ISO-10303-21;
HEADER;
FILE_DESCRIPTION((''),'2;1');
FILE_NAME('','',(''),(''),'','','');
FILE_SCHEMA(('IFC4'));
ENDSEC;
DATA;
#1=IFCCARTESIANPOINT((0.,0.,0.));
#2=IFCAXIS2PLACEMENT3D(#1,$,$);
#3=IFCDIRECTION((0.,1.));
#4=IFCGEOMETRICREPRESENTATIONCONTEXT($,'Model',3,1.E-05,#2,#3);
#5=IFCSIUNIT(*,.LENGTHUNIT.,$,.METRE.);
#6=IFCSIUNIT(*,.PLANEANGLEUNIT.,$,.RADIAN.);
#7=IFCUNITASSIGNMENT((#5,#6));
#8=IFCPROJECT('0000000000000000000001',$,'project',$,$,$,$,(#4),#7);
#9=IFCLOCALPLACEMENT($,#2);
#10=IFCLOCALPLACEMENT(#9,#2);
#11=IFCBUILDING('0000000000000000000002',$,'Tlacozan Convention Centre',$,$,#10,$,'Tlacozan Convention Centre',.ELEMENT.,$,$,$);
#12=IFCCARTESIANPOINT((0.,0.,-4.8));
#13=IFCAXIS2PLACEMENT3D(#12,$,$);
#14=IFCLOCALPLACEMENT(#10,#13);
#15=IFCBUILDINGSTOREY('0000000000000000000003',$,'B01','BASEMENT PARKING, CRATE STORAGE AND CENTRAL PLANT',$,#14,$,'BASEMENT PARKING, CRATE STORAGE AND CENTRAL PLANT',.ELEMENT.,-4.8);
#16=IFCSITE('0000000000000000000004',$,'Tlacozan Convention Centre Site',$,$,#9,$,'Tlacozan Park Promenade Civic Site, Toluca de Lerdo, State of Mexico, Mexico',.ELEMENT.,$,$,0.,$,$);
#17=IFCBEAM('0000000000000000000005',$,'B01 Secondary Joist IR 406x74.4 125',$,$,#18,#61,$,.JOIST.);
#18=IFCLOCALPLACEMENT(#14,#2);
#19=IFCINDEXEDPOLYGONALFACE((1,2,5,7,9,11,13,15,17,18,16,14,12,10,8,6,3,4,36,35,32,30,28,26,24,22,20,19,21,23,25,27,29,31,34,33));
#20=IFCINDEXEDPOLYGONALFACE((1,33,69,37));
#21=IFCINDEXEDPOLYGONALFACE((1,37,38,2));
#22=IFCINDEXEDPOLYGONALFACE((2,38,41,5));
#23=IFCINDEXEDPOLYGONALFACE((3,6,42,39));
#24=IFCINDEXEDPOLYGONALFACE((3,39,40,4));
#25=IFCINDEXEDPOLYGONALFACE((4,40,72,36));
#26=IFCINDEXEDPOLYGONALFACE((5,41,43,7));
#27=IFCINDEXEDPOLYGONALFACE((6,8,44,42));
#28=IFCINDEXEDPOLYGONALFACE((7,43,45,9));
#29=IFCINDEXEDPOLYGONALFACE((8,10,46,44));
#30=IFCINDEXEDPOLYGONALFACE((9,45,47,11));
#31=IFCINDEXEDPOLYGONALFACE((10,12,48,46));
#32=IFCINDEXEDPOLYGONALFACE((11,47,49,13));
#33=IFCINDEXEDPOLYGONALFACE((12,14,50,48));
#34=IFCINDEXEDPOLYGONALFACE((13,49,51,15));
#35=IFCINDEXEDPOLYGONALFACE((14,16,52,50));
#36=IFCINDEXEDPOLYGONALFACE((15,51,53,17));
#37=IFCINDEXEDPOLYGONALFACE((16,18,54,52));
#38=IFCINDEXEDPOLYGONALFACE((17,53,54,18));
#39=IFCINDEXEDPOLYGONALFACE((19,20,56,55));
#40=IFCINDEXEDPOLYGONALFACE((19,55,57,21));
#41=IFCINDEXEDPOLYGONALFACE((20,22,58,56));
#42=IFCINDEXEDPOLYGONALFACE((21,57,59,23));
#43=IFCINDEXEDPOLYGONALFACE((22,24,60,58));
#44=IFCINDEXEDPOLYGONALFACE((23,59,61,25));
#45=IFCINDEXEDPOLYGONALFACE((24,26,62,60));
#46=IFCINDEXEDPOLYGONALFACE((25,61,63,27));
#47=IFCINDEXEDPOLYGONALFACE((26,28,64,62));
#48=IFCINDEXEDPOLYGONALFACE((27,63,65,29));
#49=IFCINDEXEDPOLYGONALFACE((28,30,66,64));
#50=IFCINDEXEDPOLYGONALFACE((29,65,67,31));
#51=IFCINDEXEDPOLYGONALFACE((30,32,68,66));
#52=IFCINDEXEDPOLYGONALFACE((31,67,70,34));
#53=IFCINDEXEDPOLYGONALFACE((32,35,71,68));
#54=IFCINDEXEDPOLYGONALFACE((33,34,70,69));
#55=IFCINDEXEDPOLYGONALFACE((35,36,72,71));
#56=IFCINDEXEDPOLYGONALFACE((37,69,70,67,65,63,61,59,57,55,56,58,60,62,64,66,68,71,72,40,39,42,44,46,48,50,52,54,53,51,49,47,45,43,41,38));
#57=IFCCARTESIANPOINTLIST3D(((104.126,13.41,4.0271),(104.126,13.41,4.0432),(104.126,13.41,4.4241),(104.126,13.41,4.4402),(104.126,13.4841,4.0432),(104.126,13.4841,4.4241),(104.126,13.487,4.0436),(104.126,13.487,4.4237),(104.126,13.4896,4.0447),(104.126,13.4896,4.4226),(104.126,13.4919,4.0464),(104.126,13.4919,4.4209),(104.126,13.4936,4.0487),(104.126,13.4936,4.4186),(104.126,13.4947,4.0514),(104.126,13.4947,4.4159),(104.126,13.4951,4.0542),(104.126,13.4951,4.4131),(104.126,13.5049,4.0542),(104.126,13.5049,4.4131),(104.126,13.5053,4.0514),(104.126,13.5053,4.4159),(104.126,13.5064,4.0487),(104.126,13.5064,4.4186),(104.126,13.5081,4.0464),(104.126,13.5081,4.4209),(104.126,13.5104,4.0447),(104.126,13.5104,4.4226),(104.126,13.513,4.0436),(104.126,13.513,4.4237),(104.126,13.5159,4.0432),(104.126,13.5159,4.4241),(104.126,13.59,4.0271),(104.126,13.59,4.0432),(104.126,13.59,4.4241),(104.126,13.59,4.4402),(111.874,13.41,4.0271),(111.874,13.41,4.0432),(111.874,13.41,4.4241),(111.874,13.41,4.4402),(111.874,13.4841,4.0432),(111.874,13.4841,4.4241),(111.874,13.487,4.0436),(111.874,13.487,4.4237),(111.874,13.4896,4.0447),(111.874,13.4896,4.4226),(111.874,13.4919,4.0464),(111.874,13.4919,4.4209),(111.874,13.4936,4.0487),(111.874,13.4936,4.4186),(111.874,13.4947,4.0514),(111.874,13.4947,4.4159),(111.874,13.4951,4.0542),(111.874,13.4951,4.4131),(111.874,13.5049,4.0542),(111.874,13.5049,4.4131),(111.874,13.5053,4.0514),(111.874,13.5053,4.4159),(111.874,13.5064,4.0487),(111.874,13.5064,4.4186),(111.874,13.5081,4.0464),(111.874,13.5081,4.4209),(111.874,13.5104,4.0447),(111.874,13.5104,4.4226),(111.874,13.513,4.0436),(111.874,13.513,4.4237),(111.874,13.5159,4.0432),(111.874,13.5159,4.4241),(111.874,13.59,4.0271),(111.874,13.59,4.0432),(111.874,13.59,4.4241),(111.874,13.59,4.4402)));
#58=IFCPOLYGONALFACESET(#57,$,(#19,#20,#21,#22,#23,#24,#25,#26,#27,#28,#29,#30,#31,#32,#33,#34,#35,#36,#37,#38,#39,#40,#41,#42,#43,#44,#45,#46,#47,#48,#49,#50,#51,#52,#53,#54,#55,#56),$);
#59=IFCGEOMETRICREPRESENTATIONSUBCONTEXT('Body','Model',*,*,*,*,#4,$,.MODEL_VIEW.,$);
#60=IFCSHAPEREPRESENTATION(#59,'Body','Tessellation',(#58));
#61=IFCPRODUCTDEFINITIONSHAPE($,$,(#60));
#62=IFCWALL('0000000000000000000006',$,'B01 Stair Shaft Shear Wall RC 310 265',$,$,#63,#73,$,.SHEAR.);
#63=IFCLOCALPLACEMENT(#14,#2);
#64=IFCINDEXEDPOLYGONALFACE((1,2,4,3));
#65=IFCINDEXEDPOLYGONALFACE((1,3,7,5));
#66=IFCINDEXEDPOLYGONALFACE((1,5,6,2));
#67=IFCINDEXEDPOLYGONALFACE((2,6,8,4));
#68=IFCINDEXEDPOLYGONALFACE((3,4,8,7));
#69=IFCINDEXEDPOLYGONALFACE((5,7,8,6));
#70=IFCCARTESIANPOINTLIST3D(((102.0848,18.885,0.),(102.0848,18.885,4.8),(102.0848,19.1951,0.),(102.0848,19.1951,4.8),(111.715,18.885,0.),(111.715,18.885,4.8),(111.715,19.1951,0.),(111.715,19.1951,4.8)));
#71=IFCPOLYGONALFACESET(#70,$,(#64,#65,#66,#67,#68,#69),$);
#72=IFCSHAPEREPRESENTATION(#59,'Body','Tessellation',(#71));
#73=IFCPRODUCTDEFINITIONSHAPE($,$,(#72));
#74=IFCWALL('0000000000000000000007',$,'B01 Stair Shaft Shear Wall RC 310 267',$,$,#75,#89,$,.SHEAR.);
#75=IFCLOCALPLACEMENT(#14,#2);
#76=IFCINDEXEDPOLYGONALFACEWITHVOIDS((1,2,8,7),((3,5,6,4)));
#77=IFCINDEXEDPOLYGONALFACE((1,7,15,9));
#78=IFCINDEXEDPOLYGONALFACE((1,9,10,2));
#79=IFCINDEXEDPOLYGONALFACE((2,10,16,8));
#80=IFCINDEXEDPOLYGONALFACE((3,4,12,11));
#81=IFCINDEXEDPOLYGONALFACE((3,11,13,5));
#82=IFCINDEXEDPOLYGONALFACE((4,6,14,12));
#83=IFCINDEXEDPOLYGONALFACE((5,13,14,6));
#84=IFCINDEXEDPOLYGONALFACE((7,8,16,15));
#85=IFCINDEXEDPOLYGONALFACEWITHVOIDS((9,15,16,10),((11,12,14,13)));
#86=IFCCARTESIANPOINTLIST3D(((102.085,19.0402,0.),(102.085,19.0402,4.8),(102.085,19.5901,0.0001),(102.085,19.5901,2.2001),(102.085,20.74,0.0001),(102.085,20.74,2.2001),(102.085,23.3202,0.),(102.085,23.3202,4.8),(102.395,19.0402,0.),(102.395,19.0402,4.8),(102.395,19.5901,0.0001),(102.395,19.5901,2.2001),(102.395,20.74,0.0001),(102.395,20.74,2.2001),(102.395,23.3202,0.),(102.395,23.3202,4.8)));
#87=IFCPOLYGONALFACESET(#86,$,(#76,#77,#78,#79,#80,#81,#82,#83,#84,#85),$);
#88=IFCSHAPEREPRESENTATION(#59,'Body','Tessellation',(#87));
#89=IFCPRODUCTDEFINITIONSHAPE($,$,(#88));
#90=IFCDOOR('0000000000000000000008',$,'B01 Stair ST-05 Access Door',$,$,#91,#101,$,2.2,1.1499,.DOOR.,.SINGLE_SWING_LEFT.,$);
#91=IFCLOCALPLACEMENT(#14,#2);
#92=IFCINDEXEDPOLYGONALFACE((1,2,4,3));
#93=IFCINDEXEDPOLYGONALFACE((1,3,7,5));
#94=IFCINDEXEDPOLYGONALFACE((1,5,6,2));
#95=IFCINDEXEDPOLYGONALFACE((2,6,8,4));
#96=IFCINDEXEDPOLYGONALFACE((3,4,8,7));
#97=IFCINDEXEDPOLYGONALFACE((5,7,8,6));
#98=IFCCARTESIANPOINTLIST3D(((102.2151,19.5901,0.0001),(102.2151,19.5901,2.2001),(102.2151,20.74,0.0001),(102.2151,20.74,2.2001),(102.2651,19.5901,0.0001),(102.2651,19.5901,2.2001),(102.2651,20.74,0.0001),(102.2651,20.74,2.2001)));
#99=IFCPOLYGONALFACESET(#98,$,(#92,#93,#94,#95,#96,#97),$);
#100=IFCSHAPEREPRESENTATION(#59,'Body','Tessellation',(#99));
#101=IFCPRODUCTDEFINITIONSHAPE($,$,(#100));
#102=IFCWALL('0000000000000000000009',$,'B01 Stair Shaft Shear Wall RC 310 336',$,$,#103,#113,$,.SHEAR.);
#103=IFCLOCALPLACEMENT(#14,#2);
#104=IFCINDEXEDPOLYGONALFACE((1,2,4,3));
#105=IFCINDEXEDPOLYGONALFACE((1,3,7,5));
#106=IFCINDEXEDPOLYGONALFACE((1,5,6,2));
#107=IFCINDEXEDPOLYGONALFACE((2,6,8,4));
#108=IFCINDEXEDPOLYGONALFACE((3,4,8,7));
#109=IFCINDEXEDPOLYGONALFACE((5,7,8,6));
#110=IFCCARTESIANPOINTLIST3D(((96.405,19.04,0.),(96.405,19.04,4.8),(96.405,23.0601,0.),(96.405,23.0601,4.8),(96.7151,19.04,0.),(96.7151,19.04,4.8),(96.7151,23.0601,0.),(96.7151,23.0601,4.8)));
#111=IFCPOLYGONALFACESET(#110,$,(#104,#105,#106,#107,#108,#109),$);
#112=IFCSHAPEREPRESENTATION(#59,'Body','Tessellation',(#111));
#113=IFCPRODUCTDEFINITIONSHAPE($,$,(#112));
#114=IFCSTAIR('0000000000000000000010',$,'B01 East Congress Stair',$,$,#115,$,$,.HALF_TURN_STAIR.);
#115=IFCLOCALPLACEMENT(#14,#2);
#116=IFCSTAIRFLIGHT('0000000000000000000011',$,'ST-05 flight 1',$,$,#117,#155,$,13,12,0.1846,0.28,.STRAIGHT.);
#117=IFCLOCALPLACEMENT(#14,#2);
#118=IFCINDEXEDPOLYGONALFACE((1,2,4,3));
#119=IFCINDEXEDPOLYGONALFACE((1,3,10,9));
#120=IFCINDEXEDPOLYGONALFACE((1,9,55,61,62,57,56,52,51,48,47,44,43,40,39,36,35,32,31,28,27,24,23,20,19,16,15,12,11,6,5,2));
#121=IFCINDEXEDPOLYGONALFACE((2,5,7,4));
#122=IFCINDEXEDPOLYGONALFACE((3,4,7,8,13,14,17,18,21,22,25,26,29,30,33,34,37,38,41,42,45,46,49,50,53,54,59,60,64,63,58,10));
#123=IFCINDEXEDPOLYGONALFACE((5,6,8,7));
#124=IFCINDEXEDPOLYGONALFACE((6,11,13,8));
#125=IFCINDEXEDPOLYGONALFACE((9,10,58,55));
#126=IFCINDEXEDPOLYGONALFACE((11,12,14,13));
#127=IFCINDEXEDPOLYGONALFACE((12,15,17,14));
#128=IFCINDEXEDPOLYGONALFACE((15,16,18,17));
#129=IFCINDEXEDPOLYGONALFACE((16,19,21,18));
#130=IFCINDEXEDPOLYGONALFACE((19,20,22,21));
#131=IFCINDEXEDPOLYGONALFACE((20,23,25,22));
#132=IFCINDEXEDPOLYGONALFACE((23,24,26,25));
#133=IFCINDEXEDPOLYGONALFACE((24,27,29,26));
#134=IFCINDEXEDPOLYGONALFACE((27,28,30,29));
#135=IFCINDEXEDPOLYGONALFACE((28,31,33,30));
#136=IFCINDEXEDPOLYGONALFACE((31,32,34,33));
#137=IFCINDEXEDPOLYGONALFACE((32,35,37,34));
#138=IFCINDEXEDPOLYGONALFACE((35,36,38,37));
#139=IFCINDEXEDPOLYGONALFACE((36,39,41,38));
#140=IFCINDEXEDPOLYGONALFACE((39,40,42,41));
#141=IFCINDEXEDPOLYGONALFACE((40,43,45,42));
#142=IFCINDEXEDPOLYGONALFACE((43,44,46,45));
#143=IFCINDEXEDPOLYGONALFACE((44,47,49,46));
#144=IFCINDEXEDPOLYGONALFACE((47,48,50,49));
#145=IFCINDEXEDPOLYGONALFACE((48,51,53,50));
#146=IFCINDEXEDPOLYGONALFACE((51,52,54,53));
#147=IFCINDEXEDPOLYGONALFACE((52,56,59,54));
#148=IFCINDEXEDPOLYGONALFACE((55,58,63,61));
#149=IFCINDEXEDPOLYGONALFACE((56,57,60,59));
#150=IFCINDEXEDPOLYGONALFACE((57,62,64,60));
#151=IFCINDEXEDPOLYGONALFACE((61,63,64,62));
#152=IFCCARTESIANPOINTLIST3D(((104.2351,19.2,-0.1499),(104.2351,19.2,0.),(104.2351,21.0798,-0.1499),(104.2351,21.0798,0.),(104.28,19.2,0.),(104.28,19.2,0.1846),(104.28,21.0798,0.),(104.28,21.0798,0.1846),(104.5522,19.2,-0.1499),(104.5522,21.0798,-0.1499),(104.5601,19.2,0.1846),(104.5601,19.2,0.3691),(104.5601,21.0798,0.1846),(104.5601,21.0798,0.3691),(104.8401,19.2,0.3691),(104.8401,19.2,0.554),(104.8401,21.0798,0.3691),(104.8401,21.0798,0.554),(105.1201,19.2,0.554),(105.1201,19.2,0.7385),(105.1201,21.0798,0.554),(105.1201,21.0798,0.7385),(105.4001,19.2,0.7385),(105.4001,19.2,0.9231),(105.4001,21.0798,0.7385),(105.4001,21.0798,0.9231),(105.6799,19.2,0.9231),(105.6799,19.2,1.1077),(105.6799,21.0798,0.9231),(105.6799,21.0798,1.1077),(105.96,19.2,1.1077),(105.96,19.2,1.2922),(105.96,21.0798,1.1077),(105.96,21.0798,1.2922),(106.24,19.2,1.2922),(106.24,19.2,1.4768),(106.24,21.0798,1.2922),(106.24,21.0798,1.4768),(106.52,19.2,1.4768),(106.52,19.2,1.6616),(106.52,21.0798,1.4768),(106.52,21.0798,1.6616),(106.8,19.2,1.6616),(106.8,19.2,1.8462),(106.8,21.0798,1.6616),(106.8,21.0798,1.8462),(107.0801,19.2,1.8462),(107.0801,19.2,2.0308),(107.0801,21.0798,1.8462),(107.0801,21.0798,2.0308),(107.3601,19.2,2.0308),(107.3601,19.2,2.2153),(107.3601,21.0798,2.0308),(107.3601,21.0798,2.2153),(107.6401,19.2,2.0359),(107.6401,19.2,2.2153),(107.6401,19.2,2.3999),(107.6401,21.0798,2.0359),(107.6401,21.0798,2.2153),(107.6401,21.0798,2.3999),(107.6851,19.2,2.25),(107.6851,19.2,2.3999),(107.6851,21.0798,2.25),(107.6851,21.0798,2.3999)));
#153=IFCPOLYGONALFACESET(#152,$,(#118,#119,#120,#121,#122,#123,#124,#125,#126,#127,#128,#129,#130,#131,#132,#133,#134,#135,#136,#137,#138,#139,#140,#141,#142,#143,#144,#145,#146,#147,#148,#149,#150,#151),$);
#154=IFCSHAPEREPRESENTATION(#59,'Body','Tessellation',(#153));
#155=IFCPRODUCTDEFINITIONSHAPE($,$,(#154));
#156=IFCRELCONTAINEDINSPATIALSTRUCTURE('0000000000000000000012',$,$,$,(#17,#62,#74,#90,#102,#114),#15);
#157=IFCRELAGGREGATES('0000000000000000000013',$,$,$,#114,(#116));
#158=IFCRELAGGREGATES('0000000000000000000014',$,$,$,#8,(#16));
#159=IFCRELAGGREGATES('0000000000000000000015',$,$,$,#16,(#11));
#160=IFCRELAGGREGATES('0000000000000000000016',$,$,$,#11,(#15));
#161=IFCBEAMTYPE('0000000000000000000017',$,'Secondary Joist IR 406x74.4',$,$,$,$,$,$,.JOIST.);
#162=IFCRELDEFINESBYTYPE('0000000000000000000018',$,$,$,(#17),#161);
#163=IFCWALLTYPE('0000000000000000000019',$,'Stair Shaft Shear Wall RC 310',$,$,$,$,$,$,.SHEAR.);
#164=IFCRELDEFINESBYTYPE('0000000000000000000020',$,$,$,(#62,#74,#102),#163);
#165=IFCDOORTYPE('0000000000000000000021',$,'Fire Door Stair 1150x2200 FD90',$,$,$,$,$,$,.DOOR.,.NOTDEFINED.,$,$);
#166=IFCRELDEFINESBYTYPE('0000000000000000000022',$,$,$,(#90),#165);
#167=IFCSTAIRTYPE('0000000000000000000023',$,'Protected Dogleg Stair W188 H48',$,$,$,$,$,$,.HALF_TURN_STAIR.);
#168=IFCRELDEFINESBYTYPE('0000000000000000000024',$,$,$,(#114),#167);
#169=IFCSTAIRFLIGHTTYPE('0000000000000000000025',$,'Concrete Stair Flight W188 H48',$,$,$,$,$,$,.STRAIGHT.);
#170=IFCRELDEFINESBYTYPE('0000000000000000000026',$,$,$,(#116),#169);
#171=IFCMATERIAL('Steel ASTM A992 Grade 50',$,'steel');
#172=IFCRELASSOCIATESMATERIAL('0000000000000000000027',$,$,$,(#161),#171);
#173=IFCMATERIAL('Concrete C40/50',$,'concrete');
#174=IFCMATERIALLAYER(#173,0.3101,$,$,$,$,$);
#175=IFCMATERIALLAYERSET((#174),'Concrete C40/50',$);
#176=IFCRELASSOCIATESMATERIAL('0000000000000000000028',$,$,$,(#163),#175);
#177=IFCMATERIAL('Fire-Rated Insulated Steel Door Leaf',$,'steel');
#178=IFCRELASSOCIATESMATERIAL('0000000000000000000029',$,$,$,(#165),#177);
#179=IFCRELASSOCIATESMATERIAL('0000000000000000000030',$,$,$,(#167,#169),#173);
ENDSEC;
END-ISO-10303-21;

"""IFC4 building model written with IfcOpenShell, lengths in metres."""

from ifc_helpers import new_model, si_unit, direction, frame, frame_2d, origin, origin_2d, place, context, subcontext, project, spatial, polyline, rectangle, i_section, outline, extrude, material, layer, layer_set, material_profile, profile_set, type_object, element, fill, aggregate, save


model = new_model("IFC4")

# Units and contexts
model_context = context("Model", 3, precision=1e-05, world=origin(), true_north=direction((0.0, 1.0)))
body_context = subcontext(model_context, "Body", "Model", "MODEL_VIEW")
ifc_project = project(units=[si_unit("LENGTHUNIT", "METRE"), si_unit("PLANEANGLEUNIT", "RADIAN")], contexts=[model_context])

# Site, building, storey
site_placement = place(None, origin())
site = spatial("IfcSite", under=ifc_project, at=site_placement, Name="Tlacozan Convention Centre Site", LongName="Tlacozan Park Promenade Civic Site, Toluca de Lerdo, State of Mexico, Mexico", CompositionType="ELEMENT", RefElevation=0.0)
building_placement = place(site_placement, origin())
building = spatial("IfcBuilding", under=site, at=building_placement, Name="Tlacozan Convention Centre", LongName="Tlacozan Convention Centre", CompositionType="ELEMENT")
storey_placement = place(building_placement, frame((0.0, 0.0, -4.8)))
storey = spatial("IfcBuildingStorey", under=building, at=storey_placement, Name="B01", Description="BASEMENT PARKING, CRATE STORAGE AND CENTRAL PLANT", LongName="BASEMENT PARKING, CRATE STORAGE AND CENTRAL PLANT", CompositionType="ELEMENT", Elevation=-4.8)

# Shared definitions
ifc_material_1 = material(Name="Concrete C40/50", Category="concrete")

# Beam
ifc_material_2 = material(Name="Steel ASTM A992 Grade 50", Category="steel")
ifc_material_profile_1 = material_profile(ifc_material_2, i_section(OverallWidth=0.1799, OverallDepth=0.4131, WebThickness=0.0098, FlangeThickness=0.0161, FilletRadius=0.011, at=origin_2d()), Name="IR 406x74.4")
ifc_profile_set_1 = profile_set([ifc_material_profile_1], Name="Steel ASTM A992 Grade 50")
beam_type_1 = type_object("IfcBeamType", Name="Secondary Joist IR 406x74.4", PredefinedType="JOIST", material=ifc_profile_set_1)
for number, where, z_axis, x_axis, name in (
    (1, (104.126, 13.5, 4.2336), (1.0, 0.0, 0.0), (0.0, 1.0, 0.0), "B01 Secondary Joist IR 406x74.4 125"),
):
    element("IfcBeam", number, at=place(storey_placement, frame(where, z_axis=z_axis, x_axis=x_axis)), inside=storey, type_object=beam_type_1, Name=name, PredefinedType="JOIST", context=body_context, shape_type="SweptSolid", body=[
        extrude(i_section(OverallWidth=0.1799, OverallDepth=0.4131, WebThickness=0.0098, FlangeThickness=0.0161, FilletRadius=0.011, at=origin_2d()), origin(), (0.0, 0.0, 1.0), 7.748),
    ])

# Wall
ifc_layer_1 = layer(ifc_material_1, 0.3101)
ifc_layer_set_1 = layer_set([ifc_layer_1], Name="Concrete C40/50")
wall_type = type_object("IfcWallType", Name="Stair Shaft Shear Wall RC 310", PredefinedType="SHEAR", material=ifc_layer_set_1)
wall_1_placement = place(storey_placement, frame((102.085, 19.04, 0.0), z_axis=(0.0, 0.0, 1.0), x_axis=(1.0, 0.0, 0.0)))
element("IfcWall", 2, at=wall_1_placement, inside=storey, type_object=wall_type, Name="B01 Stair Shaft Shear Wall RC 310 265", PredefinedType="SHEAR", context=body_context, shape_type="SweptSolid", body=[
    extrude(rectangle(XDim=9.6301, YDim=0.3101, at=frame_2d((4.8149, 0.0))), origin(), (0.0, 0.0, 1.0), 4.8),
])

# Wall, opening, door
wall_2_placement = place(storey_placement, frame((102.24, 19.04, 0.0), z_axis=(0.0, 0.0, 1.0), x_axis=(0.0, 1.0, 0.0)))
wall_2 = element("IfcWall", 3, at=wall_2_placement, inside=storey, type_object=wall_type, Name="B01 Stair Shaft Shear Wall RC 310 267", PredefinedType="SHEAR", context=body_context, shape_type="SweptSolid", body=[
    extrude(rectangle(XDim=4.28, YDim=0.3101, at=frame_2d((2.1401, 0.0))), origin(), (0.0, 0.0, 1.0), 4.8),
])
opening_placement = place(wall_2_placement, frame((0.55, 0.0, 0.0)))
opening = element("IfcOpeningElement", 4, at=opening_placement, cuts=wall_2, PredefinedType="OPENING", context=body_context, shape_type="SweptSolid", body=[
    extrude(rectangle(XDim=1.1499, YDim=2.2, at=frame_2d((0.575, 1.1001))), frame((0.0, 0.165, 0.0), z_axis=(0.0, -1.0, 0.0), x_axis=(1.0, 0.0, 0.0)), (0.0, 0.0, 1.0), 0.3301),
])
ifc_material_3 = material(Name="Fire-Rated Insulated Steel Door Leaf", Category="steel")
door_type = type_object("IfcDoorType", Name="Fire Door Stair 1150x2200 FD90", OperationType="NOTDEFINED", PredefinedType="DOOR", material=ifc_material_3)
door_placement = place(opening_placement, origin())
door = element("IfcDoor", 5, at=door_placement, inside=storey, type_object=door_type, Name="B01 Stair ST-05 Access Door", OperationType="SINGLE_SWING_LEFT", OverallHeight=2.2, OverallWidth=1.1499, PredefinedType="DOOR", context=body_context, shape_type="SweptSolid", body=[
    extrude(rectangle(XDim=1.1499, YDim=2.2, at=frame_2d((0.575, 1.1001))), frame((0.0, 0.0249, 0.0), z_axis=(0.0, -1.0, 0.0), x_axis=(1.0, 0.0, 0.0)), (0.0, 0.0, 1.0), 0.05),
])
fill(opening, door)

# Wall
wall_3_placement = place(storey_placement, frame((96.5601, 19.04, 0.0), z_axis=(0.0, 0.0, 1.0), x_axis=(0.0, 1.0, 0.0)))
element("IfcWall", 6, at=wall_3_placement, inside=storey, type_object=wall_type, Name="B01 Stair Shaft Shear Wall RC 310 336", PredefinedType="SHEAR", context=body_context, shape_type="SweptSolid", body=[
    extrude(rectangle(XDim=4.02, YDim=0.3101, at=frame_2d((2.01, 0.0))), origin(), (0.0, 0.0, 1.0), 4.8),
])

# Stair, stair flight
stair_type = type_object("IfcStairType", Name="Protected Dogleg Stair W188 H48", PredefinedType="HALF_TURN_STAIR", material=ifc_material_1)
stair_placement = place(storey_placement, origin())
stair = element("IfcStair", 7, at=stair_placement, inside=storey, type_object=stair_type, Name="B01 East Congress Stair", PredefinedType="HALF_TURN_STAIR")
stair_flight_type = type_object("IfcStairFlightType", Name="Concrete Stair Flight W188 H48", PredefinedType="STRAIGHT", material=ifc_material_1)
stair_flight_placement = place(storey_placement, frame((104.28, 20.1399, 0.0), z_axis=(0.0, 0.0, 1.0), x_axis=(1.0, 0.0, 0.0)))
stair_flight = element("IfcStairFlight", 8, at=stair_flight_placement, type_object=stair_flight_type, Name="ST-05 flight 1", NumberOfRisers=13, NumberOfTreads=12, PredefinedType="STRAIGHT", RiserHeight=0.1846, TreadLength=0.28, context=body_context, shape_type="SweptSolid", body=[
    extrude(outline(polyline([(-0.0449, -0.1499), (-0.0449, 0.0), (0.0, 0.0), (0.0, 0.1846), (0.28, 0.1846), (0.28, 0.3691), (0.5601, 0.3691), (0.5601, 0.554), (0.8401, 0.554), (0.8401, 0.7385), (1.1201, 0.7385), (1.1201, 0.9231), (1.3999, 0.9231), (1.3999, 1.1077), (1.6799, 1.1077), (1.6799, 1.2922), (1.96, 1.2922), (1.96, 1.4768), (2.24, 1.4768), (2.24, 1.6616), (2.52, 1.6616), (2.52, 1.8462), (2.8, 1.8462), (2.8, 2.0308), (3.0801, 2.0308), (3.0801, 2.2153), (3.3601, 2.2153), (3.3601, 2.3999), (3.405, 2.3999), (3.405, 2.25), (3.3601, 2.0359), (0.2722, -0.1499), (-0.0449, -0.1499)])), frame((0.0, 0.9399, 0.0), z_axis=(0.0, -1.0, 0.0), x_axis=(1.0, 0.0, 0.0)), (0.0, 0.0, 1.0), 1.8799),
])
aggregate(stair, [stair_flight])

save(model, "model.ifc")
